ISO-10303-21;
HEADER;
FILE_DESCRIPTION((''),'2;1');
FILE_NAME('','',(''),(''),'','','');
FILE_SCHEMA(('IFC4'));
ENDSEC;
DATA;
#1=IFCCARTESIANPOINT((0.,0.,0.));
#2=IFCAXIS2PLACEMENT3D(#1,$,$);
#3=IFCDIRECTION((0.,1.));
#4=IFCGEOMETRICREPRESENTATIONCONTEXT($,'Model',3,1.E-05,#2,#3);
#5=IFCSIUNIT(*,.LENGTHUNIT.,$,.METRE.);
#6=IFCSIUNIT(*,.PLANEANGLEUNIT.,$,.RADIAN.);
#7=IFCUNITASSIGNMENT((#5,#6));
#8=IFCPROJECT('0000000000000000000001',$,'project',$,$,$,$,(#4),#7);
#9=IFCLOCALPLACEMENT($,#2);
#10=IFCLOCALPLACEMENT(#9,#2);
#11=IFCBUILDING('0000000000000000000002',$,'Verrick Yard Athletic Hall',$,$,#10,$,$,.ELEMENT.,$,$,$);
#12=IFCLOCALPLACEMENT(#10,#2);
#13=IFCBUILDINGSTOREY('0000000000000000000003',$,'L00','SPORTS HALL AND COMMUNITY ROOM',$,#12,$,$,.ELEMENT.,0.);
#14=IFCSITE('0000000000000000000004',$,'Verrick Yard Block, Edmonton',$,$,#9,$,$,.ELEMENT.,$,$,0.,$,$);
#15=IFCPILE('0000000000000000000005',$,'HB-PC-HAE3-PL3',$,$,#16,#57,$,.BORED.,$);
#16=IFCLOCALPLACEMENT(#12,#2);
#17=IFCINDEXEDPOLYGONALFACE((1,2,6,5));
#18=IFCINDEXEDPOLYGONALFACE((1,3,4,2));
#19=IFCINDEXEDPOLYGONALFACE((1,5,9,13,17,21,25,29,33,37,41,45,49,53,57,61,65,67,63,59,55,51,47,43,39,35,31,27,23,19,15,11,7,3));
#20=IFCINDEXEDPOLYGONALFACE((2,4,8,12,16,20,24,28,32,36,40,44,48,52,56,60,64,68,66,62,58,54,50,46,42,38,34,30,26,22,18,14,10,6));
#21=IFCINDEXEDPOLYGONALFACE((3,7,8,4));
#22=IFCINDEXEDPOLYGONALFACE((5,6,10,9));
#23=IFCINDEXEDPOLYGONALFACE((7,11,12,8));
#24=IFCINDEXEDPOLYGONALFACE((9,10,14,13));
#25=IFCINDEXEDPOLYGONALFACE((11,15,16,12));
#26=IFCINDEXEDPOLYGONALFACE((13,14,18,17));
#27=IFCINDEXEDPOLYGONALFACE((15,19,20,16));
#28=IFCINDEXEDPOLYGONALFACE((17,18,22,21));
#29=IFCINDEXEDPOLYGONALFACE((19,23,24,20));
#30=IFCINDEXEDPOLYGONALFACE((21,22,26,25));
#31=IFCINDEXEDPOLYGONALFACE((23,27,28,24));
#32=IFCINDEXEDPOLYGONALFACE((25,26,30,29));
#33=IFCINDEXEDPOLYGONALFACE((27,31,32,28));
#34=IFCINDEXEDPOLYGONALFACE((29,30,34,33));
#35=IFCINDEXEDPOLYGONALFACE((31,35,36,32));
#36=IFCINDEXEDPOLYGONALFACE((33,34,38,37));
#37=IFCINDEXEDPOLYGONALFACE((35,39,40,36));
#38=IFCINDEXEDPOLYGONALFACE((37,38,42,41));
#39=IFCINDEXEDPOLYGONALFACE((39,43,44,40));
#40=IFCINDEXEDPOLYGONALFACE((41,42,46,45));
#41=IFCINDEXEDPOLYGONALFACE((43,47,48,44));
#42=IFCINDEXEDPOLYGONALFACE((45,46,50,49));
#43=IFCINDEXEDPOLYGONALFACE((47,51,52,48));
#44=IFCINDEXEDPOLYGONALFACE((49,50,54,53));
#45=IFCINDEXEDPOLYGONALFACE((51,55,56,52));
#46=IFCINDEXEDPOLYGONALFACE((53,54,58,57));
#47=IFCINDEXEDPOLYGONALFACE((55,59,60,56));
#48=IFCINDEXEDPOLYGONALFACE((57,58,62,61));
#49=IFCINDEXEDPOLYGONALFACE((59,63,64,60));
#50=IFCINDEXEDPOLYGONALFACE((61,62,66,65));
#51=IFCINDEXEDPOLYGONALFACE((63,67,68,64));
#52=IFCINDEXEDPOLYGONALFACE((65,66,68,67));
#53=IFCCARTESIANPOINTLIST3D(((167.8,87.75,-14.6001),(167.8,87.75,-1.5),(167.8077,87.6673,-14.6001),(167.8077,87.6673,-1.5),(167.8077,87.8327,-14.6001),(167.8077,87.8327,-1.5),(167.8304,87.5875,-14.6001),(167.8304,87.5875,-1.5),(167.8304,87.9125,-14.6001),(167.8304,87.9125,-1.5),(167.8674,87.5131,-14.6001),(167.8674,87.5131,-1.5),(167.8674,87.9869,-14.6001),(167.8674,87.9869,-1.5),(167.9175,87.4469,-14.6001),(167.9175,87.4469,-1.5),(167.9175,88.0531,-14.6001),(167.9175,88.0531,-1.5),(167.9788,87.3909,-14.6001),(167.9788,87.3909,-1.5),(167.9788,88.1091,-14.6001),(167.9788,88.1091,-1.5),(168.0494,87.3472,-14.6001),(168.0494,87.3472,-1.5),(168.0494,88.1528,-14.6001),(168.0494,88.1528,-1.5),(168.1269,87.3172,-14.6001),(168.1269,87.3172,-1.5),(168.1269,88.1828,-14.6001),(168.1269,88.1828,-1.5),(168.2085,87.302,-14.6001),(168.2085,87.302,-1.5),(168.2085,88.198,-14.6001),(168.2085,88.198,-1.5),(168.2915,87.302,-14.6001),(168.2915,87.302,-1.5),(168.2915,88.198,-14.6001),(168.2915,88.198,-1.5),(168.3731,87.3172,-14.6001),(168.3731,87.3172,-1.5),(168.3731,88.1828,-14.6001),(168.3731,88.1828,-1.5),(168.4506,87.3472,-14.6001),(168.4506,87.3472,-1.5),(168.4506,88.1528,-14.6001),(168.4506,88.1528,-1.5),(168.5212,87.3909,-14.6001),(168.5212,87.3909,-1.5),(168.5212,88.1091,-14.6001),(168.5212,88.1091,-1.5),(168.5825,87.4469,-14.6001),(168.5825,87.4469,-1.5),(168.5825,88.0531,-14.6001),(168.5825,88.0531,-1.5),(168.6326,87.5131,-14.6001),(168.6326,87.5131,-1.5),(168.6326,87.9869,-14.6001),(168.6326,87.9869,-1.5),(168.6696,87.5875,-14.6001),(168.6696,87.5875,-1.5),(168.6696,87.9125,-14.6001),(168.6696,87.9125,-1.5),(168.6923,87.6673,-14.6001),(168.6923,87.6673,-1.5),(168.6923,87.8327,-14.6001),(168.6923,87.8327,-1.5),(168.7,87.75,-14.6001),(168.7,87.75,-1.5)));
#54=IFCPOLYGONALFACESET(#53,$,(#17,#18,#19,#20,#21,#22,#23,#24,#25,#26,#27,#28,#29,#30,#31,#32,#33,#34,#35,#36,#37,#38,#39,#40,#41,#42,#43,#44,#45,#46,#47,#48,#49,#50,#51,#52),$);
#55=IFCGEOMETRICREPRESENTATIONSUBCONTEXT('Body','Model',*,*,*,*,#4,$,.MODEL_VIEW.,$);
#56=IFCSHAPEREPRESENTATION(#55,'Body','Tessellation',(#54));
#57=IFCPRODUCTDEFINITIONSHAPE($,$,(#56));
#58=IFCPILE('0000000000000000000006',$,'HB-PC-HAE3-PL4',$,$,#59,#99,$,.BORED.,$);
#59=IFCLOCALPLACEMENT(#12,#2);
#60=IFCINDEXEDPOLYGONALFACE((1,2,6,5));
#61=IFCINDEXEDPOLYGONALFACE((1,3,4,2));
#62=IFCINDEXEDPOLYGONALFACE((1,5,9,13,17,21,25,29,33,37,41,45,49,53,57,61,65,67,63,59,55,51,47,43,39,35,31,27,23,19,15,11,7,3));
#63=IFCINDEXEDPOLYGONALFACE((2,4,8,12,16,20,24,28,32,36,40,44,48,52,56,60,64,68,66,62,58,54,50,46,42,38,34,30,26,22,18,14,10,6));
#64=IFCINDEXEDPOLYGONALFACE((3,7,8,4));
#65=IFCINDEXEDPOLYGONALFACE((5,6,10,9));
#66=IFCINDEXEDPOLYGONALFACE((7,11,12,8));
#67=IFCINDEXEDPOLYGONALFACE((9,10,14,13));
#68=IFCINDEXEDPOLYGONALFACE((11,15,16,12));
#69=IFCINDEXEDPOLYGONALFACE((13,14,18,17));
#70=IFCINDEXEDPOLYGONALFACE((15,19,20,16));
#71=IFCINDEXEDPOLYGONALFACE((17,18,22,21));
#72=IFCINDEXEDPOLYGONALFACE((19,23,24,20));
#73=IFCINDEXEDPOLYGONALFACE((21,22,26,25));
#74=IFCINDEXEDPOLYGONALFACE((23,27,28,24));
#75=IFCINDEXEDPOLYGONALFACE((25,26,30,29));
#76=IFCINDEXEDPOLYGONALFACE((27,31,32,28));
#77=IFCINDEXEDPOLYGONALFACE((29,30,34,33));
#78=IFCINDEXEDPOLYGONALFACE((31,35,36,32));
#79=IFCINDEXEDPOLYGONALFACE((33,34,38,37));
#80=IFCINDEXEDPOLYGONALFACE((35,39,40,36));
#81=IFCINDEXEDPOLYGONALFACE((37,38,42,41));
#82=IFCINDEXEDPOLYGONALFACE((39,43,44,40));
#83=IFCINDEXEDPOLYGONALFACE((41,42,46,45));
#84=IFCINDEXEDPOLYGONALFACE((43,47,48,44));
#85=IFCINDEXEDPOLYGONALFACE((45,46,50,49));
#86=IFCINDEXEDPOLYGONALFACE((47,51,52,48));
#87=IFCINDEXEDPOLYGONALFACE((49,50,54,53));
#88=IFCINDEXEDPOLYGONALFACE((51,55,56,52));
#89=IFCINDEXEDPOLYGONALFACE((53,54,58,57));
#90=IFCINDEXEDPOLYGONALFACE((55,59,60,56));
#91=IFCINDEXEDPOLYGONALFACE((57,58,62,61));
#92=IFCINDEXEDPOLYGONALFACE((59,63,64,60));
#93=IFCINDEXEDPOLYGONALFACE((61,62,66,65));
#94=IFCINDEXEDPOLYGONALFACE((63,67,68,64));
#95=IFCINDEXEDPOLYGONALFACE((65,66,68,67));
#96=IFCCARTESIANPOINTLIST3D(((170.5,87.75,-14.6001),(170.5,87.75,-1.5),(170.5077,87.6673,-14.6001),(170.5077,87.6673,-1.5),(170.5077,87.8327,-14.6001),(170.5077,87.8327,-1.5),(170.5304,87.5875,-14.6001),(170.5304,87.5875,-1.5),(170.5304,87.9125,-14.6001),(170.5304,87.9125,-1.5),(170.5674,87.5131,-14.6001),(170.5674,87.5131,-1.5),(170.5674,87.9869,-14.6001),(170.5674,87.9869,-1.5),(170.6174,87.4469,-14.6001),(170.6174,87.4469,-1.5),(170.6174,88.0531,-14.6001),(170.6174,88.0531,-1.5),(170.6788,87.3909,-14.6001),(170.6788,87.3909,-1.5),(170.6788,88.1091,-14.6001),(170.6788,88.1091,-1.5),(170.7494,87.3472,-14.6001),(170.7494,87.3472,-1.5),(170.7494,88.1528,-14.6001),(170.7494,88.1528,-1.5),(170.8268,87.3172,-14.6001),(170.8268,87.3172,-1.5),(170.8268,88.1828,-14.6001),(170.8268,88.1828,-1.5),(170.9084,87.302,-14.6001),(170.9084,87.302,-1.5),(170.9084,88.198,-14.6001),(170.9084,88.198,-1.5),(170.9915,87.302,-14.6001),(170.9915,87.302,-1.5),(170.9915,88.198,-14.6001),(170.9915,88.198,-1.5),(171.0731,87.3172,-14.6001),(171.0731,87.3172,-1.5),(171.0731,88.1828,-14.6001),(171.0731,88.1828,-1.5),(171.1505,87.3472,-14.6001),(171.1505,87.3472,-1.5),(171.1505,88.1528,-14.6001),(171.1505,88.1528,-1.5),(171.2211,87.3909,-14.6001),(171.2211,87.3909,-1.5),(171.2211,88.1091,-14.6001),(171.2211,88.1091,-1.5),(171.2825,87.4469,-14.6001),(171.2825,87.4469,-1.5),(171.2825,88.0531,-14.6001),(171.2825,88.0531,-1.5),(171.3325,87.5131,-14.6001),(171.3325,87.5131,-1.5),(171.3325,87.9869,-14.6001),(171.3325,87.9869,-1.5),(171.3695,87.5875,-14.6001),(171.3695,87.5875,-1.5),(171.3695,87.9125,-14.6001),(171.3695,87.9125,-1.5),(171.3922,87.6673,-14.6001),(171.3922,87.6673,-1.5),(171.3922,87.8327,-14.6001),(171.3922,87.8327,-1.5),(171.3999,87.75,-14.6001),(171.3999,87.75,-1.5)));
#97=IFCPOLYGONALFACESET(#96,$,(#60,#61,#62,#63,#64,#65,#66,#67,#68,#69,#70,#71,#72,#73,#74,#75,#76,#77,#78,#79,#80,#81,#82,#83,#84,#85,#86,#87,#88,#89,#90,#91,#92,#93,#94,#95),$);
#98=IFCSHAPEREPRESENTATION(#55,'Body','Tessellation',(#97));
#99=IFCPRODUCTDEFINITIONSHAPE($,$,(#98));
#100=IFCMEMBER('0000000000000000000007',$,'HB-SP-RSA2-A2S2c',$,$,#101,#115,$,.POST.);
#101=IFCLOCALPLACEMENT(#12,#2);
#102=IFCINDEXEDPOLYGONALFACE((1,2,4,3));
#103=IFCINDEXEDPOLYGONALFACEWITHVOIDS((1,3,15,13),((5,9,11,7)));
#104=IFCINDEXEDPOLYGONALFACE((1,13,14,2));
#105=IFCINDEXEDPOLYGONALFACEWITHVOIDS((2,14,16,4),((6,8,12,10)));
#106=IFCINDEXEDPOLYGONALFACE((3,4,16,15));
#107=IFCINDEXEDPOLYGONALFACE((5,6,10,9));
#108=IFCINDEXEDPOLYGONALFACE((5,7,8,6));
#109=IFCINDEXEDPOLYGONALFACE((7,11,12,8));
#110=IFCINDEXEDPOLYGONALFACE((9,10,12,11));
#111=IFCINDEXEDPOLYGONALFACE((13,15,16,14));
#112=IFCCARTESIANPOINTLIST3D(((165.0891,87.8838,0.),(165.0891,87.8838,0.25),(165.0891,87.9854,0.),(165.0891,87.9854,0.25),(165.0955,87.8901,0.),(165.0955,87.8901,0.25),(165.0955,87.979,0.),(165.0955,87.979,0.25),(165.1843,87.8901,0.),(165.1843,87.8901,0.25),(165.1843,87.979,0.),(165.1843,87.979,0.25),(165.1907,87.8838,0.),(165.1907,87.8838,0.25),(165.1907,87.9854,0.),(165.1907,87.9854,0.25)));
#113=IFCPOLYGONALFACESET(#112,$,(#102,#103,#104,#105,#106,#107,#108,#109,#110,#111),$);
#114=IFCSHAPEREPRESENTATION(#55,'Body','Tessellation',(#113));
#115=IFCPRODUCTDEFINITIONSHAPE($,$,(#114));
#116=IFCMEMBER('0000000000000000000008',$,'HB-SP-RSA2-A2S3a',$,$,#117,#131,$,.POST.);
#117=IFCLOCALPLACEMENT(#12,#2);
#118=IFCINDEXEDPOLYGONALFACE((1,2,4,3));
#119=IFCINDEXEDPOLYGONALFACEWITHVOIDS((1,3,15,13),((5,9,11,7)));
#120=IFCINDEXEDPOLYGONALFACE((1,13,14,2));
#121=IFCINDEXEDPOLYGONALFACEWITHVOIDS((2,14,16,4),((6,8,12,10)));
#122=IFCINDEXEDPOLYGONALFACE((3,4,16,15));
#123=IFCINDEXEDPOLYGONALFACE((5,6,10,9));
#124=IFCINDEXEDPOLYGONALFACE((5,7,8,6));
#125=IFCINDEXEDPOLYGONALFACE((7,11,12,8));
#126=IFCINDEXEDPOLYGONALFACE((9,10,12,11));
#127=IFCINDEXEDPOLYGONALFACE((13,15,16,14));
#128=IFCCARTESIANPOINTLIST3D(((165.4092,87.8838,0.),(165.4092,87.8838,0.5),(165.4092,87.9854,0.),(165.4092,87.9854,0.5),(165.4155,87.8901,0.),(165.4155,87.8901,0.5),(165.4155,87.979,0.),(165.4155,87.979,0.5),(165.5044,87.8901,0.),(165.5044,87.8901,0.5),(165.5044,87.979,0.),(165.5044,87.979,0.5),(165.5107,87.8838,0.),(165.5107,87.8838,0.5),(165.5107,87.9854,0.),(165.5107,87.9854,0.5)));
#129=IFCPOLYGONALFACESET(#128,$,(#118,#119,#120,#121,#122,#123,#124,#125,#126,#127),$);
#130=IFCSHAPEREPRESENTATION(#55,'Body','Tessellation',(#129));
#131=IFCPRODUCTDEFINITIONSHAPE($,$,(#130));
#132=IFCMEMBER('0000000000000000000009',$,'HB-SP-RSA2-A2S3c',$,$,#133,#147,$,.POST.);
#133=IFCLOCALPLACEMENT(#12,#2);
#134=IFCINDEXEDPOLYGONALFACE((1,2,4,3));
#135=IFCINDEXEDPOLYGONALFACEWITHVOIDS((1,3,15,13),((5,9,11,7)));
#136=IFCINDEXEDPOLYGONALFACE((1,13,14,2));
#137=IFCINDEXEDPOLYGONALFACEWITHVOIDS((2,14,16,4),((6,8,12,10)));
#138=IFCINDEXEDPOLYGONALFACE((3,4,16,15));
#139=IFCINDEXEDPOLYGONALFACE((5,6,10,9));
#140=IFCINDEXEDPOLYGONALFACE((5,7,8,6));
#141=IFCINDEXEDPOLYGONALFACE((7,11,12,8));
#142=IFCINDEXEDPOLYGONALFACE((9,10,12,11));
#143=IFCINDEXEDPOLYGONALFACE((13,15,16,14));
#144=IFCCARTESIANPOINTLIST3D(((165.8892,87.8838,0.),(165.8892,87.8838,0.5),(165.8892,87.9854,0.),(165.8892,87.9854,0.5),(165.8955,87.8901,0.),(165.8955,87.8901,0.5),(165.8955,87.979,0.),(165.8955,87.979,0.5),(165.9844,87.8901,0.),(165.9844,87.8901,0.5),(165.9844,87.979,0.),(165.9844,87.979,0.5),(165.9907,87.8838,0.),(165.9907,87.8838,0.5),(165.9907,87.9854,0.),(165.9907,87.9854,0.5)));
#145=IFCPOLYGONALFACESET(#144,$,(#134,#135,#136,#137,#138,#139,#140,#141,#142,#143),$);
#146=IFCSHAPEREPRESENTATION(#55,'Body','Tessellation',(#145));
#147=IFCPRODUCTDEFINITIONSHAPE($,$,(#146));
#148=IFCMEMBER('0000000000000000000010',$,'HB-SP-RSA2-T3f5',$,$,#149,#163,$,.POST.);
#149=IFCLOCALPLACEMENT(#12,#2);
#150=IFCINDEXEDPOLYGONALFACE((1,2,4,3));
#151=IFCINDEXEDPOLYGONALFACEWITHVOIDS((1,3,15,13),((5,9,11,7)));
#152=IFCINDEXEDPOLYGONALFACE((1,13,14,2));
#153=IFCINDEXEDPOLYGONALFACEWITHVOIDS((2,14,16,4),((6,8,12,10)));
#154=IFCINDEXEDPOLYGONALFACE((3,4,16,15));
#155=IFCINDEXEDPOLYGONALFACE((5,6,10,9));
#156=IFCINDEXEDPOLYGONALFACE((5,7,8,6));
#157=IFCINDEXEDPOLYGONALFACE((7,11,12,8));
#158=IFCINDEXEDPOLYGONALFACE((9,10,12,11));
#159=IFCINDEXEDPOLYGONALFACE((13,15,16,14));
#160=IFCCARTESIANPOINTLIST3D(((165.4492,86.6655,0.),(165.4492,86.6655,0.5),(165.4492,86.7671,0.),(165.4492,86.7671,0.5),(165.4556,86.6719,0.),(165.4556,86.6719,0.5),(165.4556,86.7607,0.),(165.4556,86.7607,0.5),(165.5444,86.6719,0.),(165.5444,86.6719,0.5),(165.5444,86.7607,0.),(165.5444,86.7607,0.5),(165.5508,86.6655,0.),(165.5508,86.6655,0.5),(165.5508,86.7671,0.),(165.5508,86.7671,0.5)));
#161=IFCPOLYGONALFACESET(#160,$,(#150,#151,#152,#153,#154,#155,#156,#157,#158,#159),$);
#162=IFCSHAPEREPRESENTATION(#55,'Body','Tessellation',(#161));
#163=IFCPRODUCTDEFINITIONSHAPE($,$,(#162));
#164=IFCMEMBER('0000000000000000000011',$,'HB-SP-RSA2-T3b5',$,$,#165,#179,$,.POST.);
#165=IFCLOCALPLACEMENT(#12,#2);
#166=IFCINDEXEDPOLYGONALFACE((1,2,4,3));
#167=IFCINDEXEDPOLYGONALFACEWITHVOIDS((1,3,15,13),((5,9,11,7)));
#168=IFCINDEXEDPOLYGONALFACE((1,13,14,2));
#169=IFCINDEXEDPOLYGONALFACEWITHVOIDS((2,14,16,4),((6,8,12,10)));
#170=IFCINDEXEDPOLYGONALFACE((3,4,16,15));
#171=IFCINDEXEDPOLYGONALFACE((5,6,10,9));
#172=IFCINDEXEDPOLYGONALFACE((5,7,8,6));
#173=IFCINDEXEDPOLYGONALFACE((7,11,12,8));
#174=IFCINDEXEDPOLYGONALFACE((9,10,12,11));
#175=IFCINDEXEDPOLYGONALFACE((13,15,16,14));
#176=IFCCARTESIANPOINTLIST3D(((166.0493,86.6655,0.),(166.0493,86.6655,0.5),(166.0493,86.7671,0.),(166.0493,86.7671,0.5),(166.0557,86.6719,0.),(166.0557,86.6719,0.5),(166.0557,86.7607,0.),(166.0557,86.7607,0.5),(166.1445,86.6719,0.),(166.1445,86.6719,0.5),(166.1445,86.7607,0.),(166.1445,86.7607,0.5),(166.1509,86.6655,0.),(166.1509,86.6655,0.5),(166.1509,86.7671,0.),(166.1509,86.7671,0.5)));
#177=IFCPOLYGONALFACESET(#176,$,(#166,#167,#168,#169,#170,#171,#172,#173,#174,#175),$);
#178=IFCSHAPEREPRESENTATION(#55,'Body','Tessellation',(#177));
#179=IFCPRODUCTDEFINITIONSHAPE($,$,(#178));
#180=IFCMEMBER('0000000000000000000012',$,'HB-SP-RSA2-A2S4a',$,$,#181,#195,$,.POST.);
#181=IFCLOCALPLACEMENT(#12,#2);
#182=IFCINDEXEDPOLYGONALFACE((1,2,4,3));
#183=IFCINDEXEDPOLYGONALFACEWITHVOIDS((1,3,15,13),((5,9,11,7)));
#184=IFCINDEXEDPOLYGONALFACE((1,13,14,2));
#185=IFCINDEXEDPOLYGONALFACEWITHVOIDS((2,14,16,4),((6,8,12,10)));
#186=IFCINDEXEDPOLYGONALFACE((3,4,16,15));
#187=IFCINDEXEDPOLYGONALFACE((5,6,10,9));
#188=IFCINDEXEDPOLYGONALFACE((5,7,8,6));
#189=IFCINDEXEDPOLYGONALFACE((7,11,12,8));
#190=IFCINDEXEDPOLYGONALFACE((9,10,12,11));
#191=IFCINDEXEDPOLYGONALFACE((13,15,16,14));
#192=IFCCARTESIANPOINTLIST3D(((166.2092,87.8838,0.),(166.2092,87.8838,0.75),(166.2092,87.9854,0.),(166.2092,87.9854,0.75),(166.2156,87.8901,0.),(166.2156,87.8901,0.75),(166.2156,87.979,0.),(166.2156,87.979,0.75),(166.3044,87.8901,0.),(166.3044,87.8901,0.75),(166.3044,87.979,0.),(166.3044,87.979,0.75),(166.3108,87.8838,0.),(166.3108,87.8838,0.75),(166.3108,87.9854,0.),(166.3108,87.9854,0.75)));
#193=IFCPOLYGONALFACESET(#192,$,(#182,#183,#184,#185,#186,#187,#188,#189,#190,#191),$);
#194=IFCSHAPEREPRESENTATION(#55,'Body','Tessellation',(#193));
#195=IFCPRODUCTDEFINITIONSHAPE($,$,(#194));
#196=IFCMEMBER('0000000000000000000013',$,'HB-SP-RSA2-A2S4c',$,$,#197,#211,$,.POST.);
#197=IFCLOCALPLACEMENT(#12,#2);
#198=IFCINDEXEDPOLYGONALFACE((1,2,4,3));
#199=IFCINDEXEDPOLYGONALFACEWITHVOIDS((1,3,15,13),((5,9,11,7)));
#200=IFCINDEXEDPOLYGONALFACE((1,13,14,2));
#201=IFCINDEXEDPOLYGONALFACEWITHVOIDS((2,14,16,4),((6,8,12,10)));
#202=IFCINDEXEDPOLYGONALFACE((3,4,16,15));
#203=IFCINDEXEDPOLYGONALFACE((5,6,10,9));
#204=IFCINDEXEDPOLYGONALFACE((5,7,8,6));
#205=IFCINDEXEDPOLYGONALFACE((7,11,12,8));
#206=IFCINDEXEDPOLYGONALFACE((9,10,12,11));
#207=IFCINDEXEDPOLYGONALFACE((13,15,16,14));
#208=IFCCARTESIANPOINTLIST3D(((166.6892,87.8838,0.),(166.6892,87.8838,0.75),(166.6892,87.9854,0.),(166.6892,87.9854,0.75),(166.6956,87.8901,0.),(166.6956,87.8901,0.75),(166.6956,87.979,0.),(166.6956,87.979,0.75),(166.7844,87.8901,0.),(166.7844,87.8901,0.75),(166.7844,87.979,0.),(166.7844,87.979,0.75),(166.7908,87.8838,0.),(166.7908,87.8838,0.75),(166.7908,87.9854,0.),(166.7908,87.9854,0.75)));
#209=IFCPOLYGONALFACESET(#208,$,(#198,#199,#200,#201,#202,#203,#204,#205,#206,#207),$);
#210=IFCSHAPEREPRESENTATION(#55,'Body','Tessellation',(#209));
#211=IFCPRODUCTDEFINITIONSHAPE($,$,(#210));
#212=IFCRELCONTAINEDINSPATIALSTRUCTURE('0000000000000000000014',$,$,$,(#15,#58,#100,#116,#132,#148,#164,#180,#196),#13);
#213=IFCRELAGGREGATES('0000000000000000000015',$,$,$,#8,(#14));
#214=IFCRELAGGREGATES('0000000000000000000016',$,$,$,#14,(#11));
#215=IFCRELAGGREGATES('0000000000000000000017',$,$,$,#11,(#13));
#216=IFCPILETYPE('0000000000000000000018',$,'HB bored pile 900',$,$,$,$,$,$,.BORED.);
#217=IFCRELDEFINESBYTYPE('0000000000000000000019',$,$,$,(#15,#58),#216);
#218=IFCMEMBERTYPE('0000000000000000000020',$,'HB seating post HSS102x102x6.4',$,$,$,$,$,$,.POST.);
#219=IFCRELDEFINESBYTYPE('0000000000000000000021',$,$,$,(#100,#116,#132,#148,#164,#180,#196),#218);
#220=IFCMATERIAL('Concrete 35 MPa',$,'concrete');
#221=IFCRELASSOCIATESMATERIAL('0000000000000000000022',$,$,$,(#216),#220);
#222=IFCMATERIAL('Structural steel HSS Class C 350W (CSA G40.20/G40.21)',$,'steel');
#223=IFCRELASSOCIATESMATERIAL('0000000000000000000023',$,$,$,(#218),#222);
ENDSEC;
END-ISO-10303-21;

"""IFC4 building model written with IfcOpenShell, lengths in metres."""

from ifc_helpers import new_model, si_unit, direction, frame, origin, origin_2d, place, context, subcontext, project, spatial, hollow_rectangle, circle, extrude, material, material_profile, profile_set, type_object, element, save


model = new_model("IFC4")

# Units and contexts
model_context = context("Model", 3, precision=1e-05, world=origin(), true_north=direction((0.0, 1.0)))
body_context = subcontext(model_context, "Body", "Model", "MODEL_VIEW")
ifc_project = project(units=[si_unit("LENGTHUNIT", "METRE"), si_unit("PLANEANGLEUNIT", "RADIAN")], contexts=[model_context])

# Site, building, storey
site_placement = place(None, origin())
site = spatial("IfcSite", under=ifc_project, at=site_placement, Name="Verrick Yard Block, Edmonton", CompositionType="ELEMENT", RefElevation=0.0)
building_placement = place(site_placement, origin())
building = spatial("IfcBuilding", under=site, at=building_placement, Name="Verrick Yard Athletic Hall", CompositionType="ELEMENT")
storey_placement = place(building_placement, origin())
storey = spatial("IfcBuildingStorey", under=building, at=storey_placement, Name="L00", Description="SPORTS HALL AND COMMUNITY ROOM", CompositionType="ELEMENT", Elevation=0.0)

# Piles
ifc_material_1 = material(Name="Concrete 35 MPa", Category="concrete")
ifc_material_profile_1 = material_profile(ifc_material_1, circle(Radius=0.45, at=origin_2d()), Name="Bored pile 900")
ifc_profile_set_1 = profile_set([ifc_material_profile_1], Name="Concrete 35 MPa")
pile_type = type_object("IfcPileType", Name="HB bored pile 900", PredefinedType="BORED", material=ifc_profile_set_1)
for number, where, z_axis, x_axis, name in (
    (1, (168.25, 87.75, -1.5), (0.0, 0.0, -1.0), (1.0, 0.0, 0.0), "HB-PC-HAE3-PL3"),
    (2, (170.95, 87.75, -1.5), (0.0, 0.0, -1.0), (1.0, 0.0, 0.0), "HB-PC-HAE3-PL4"),
):
    element("IfcPile", number, at=place(storey_placement, frame(where, z_axis=z_axis, x_axis=x_axis)), inside=storey, type_object=pile_type, Name=name, PredefinedType="BORED", context=body_context, shape_type="SweptSolid", body=[
        extrude(circle(Radius=0.45, at=origin_2d()), origin(), (0.0, 0.0, 1.0), 13.1001),
    ])

# Members
ifc_material_2 = material(Name="Structural steel HSS Class C 350W (CSA G40.20/G40.21)", Category="steel")
ifc_material_profile_2 = material_profile(ifc_material_2, hollow_rectangle(XDim=0.1016, YDim=0.1016, WallThickness=0.0063, at=origin_2d()), Name="HSS102x102x6.4")
ifc_profile_set_2 = profile_set([ifc_material_profile_2], Name="Structural steel HSS Class C 350W (CSA G40.20/G40.21)")
member_type = type_object("IfcMemberType", Name="HB seating post HSS102x102x6.4", PredefinedType="POST", material=ifc_profile_set_2)
member_placement = place(storey_placement, frame((165.1399, 87.9346, 0.0), z_axis=(0.0, 0.0, 1.0), x_axis=(0.0, 1.0, 0.0)))
element("IfcMember", 3, at=member_placement, inside=storey, type_object=member_type, Name="HB-SP-RSA2-A2S2c", PredefinedType="POST", context=body_context, shape_type="SweptSolid", body=[
    extrude(hollow_rectangle(XDim=0.1016, YDim=0.1016, WallThickness=0.0063, at=origin_2d()), origin(), (0.0, 0.0, 1.0), 0.25),
])
for number, where, z_axis, x_axis, name in (
    (4, (165.46, 87.9346, 0.0), (0.0, 0.0, 1.0), (0.0, 1.0, 0.0), "HB-SP-RSA2-A2S3a"),
    (5, (165.9399, 87.9346, 0.0), (0.0, 0.0, 1.0), (0.0, 1.0, 0.0), "HB-SP-RSA2-A2S3c"),
    (6, (165.5, 86.7163, 0.0), (0.0, 0.0, 1.0), (0.0, 1.0, 0.0), "HB-SP-RSA2-T3f5"),
    (7, (166.1001, 86.7163, 0.0), (0.0, 0.0, 1.0), (0.0, 1.0, 0.0), "HB-SP-RSA2-T3b5"),
):
    element("IfcMember", number, at=place(storey_placement, frame(where, z_axis=z_axis, x_axis=x_axis)), inside=storey, type_object=member_type, Name=name, PredefinedType="POST", context=body_context, shape_type="SweptSolid", body=[
        extrude(hollow_rectangle(XDim=0.1016, YDim=0.1016, WallThickness=0.0063, at=origin_2d()), origin(), (0.0, 0.0, 1.0), 0.5),
    ])
for number, where, z_axis, x_axis, name in (
    (8, (166.26, 87.9346, 0.0), (0.0, 0.0, 1.0), (0.0, 1.0, 0.0), "HB-SP-RSA2-A2S4a"),
    (9, (166.74, 87.9346, 0.0), (0.0, 0.0, 1.0), (0.0, 1.0, 0.0), "HB-SP-RSA2-A2S4c"),
):
    element("IfcMember", number, at=place(storey_placement, frame(where, z_axis=z_axis, x_axis=x_axis)), inside=storey, type_object=member_type, Name=name, PredefinedType="POST", context=body_context, shape_type="SweptSolid", body=[
        extrude(hollow_rectangle(XDim=0.1016, YDim=0.1016, WallThickness=0.0063, at=origin_2d()), origin(), (0.0, 0.0, 1.0), 0.75),
    ])

save(model, "model.ifc")
